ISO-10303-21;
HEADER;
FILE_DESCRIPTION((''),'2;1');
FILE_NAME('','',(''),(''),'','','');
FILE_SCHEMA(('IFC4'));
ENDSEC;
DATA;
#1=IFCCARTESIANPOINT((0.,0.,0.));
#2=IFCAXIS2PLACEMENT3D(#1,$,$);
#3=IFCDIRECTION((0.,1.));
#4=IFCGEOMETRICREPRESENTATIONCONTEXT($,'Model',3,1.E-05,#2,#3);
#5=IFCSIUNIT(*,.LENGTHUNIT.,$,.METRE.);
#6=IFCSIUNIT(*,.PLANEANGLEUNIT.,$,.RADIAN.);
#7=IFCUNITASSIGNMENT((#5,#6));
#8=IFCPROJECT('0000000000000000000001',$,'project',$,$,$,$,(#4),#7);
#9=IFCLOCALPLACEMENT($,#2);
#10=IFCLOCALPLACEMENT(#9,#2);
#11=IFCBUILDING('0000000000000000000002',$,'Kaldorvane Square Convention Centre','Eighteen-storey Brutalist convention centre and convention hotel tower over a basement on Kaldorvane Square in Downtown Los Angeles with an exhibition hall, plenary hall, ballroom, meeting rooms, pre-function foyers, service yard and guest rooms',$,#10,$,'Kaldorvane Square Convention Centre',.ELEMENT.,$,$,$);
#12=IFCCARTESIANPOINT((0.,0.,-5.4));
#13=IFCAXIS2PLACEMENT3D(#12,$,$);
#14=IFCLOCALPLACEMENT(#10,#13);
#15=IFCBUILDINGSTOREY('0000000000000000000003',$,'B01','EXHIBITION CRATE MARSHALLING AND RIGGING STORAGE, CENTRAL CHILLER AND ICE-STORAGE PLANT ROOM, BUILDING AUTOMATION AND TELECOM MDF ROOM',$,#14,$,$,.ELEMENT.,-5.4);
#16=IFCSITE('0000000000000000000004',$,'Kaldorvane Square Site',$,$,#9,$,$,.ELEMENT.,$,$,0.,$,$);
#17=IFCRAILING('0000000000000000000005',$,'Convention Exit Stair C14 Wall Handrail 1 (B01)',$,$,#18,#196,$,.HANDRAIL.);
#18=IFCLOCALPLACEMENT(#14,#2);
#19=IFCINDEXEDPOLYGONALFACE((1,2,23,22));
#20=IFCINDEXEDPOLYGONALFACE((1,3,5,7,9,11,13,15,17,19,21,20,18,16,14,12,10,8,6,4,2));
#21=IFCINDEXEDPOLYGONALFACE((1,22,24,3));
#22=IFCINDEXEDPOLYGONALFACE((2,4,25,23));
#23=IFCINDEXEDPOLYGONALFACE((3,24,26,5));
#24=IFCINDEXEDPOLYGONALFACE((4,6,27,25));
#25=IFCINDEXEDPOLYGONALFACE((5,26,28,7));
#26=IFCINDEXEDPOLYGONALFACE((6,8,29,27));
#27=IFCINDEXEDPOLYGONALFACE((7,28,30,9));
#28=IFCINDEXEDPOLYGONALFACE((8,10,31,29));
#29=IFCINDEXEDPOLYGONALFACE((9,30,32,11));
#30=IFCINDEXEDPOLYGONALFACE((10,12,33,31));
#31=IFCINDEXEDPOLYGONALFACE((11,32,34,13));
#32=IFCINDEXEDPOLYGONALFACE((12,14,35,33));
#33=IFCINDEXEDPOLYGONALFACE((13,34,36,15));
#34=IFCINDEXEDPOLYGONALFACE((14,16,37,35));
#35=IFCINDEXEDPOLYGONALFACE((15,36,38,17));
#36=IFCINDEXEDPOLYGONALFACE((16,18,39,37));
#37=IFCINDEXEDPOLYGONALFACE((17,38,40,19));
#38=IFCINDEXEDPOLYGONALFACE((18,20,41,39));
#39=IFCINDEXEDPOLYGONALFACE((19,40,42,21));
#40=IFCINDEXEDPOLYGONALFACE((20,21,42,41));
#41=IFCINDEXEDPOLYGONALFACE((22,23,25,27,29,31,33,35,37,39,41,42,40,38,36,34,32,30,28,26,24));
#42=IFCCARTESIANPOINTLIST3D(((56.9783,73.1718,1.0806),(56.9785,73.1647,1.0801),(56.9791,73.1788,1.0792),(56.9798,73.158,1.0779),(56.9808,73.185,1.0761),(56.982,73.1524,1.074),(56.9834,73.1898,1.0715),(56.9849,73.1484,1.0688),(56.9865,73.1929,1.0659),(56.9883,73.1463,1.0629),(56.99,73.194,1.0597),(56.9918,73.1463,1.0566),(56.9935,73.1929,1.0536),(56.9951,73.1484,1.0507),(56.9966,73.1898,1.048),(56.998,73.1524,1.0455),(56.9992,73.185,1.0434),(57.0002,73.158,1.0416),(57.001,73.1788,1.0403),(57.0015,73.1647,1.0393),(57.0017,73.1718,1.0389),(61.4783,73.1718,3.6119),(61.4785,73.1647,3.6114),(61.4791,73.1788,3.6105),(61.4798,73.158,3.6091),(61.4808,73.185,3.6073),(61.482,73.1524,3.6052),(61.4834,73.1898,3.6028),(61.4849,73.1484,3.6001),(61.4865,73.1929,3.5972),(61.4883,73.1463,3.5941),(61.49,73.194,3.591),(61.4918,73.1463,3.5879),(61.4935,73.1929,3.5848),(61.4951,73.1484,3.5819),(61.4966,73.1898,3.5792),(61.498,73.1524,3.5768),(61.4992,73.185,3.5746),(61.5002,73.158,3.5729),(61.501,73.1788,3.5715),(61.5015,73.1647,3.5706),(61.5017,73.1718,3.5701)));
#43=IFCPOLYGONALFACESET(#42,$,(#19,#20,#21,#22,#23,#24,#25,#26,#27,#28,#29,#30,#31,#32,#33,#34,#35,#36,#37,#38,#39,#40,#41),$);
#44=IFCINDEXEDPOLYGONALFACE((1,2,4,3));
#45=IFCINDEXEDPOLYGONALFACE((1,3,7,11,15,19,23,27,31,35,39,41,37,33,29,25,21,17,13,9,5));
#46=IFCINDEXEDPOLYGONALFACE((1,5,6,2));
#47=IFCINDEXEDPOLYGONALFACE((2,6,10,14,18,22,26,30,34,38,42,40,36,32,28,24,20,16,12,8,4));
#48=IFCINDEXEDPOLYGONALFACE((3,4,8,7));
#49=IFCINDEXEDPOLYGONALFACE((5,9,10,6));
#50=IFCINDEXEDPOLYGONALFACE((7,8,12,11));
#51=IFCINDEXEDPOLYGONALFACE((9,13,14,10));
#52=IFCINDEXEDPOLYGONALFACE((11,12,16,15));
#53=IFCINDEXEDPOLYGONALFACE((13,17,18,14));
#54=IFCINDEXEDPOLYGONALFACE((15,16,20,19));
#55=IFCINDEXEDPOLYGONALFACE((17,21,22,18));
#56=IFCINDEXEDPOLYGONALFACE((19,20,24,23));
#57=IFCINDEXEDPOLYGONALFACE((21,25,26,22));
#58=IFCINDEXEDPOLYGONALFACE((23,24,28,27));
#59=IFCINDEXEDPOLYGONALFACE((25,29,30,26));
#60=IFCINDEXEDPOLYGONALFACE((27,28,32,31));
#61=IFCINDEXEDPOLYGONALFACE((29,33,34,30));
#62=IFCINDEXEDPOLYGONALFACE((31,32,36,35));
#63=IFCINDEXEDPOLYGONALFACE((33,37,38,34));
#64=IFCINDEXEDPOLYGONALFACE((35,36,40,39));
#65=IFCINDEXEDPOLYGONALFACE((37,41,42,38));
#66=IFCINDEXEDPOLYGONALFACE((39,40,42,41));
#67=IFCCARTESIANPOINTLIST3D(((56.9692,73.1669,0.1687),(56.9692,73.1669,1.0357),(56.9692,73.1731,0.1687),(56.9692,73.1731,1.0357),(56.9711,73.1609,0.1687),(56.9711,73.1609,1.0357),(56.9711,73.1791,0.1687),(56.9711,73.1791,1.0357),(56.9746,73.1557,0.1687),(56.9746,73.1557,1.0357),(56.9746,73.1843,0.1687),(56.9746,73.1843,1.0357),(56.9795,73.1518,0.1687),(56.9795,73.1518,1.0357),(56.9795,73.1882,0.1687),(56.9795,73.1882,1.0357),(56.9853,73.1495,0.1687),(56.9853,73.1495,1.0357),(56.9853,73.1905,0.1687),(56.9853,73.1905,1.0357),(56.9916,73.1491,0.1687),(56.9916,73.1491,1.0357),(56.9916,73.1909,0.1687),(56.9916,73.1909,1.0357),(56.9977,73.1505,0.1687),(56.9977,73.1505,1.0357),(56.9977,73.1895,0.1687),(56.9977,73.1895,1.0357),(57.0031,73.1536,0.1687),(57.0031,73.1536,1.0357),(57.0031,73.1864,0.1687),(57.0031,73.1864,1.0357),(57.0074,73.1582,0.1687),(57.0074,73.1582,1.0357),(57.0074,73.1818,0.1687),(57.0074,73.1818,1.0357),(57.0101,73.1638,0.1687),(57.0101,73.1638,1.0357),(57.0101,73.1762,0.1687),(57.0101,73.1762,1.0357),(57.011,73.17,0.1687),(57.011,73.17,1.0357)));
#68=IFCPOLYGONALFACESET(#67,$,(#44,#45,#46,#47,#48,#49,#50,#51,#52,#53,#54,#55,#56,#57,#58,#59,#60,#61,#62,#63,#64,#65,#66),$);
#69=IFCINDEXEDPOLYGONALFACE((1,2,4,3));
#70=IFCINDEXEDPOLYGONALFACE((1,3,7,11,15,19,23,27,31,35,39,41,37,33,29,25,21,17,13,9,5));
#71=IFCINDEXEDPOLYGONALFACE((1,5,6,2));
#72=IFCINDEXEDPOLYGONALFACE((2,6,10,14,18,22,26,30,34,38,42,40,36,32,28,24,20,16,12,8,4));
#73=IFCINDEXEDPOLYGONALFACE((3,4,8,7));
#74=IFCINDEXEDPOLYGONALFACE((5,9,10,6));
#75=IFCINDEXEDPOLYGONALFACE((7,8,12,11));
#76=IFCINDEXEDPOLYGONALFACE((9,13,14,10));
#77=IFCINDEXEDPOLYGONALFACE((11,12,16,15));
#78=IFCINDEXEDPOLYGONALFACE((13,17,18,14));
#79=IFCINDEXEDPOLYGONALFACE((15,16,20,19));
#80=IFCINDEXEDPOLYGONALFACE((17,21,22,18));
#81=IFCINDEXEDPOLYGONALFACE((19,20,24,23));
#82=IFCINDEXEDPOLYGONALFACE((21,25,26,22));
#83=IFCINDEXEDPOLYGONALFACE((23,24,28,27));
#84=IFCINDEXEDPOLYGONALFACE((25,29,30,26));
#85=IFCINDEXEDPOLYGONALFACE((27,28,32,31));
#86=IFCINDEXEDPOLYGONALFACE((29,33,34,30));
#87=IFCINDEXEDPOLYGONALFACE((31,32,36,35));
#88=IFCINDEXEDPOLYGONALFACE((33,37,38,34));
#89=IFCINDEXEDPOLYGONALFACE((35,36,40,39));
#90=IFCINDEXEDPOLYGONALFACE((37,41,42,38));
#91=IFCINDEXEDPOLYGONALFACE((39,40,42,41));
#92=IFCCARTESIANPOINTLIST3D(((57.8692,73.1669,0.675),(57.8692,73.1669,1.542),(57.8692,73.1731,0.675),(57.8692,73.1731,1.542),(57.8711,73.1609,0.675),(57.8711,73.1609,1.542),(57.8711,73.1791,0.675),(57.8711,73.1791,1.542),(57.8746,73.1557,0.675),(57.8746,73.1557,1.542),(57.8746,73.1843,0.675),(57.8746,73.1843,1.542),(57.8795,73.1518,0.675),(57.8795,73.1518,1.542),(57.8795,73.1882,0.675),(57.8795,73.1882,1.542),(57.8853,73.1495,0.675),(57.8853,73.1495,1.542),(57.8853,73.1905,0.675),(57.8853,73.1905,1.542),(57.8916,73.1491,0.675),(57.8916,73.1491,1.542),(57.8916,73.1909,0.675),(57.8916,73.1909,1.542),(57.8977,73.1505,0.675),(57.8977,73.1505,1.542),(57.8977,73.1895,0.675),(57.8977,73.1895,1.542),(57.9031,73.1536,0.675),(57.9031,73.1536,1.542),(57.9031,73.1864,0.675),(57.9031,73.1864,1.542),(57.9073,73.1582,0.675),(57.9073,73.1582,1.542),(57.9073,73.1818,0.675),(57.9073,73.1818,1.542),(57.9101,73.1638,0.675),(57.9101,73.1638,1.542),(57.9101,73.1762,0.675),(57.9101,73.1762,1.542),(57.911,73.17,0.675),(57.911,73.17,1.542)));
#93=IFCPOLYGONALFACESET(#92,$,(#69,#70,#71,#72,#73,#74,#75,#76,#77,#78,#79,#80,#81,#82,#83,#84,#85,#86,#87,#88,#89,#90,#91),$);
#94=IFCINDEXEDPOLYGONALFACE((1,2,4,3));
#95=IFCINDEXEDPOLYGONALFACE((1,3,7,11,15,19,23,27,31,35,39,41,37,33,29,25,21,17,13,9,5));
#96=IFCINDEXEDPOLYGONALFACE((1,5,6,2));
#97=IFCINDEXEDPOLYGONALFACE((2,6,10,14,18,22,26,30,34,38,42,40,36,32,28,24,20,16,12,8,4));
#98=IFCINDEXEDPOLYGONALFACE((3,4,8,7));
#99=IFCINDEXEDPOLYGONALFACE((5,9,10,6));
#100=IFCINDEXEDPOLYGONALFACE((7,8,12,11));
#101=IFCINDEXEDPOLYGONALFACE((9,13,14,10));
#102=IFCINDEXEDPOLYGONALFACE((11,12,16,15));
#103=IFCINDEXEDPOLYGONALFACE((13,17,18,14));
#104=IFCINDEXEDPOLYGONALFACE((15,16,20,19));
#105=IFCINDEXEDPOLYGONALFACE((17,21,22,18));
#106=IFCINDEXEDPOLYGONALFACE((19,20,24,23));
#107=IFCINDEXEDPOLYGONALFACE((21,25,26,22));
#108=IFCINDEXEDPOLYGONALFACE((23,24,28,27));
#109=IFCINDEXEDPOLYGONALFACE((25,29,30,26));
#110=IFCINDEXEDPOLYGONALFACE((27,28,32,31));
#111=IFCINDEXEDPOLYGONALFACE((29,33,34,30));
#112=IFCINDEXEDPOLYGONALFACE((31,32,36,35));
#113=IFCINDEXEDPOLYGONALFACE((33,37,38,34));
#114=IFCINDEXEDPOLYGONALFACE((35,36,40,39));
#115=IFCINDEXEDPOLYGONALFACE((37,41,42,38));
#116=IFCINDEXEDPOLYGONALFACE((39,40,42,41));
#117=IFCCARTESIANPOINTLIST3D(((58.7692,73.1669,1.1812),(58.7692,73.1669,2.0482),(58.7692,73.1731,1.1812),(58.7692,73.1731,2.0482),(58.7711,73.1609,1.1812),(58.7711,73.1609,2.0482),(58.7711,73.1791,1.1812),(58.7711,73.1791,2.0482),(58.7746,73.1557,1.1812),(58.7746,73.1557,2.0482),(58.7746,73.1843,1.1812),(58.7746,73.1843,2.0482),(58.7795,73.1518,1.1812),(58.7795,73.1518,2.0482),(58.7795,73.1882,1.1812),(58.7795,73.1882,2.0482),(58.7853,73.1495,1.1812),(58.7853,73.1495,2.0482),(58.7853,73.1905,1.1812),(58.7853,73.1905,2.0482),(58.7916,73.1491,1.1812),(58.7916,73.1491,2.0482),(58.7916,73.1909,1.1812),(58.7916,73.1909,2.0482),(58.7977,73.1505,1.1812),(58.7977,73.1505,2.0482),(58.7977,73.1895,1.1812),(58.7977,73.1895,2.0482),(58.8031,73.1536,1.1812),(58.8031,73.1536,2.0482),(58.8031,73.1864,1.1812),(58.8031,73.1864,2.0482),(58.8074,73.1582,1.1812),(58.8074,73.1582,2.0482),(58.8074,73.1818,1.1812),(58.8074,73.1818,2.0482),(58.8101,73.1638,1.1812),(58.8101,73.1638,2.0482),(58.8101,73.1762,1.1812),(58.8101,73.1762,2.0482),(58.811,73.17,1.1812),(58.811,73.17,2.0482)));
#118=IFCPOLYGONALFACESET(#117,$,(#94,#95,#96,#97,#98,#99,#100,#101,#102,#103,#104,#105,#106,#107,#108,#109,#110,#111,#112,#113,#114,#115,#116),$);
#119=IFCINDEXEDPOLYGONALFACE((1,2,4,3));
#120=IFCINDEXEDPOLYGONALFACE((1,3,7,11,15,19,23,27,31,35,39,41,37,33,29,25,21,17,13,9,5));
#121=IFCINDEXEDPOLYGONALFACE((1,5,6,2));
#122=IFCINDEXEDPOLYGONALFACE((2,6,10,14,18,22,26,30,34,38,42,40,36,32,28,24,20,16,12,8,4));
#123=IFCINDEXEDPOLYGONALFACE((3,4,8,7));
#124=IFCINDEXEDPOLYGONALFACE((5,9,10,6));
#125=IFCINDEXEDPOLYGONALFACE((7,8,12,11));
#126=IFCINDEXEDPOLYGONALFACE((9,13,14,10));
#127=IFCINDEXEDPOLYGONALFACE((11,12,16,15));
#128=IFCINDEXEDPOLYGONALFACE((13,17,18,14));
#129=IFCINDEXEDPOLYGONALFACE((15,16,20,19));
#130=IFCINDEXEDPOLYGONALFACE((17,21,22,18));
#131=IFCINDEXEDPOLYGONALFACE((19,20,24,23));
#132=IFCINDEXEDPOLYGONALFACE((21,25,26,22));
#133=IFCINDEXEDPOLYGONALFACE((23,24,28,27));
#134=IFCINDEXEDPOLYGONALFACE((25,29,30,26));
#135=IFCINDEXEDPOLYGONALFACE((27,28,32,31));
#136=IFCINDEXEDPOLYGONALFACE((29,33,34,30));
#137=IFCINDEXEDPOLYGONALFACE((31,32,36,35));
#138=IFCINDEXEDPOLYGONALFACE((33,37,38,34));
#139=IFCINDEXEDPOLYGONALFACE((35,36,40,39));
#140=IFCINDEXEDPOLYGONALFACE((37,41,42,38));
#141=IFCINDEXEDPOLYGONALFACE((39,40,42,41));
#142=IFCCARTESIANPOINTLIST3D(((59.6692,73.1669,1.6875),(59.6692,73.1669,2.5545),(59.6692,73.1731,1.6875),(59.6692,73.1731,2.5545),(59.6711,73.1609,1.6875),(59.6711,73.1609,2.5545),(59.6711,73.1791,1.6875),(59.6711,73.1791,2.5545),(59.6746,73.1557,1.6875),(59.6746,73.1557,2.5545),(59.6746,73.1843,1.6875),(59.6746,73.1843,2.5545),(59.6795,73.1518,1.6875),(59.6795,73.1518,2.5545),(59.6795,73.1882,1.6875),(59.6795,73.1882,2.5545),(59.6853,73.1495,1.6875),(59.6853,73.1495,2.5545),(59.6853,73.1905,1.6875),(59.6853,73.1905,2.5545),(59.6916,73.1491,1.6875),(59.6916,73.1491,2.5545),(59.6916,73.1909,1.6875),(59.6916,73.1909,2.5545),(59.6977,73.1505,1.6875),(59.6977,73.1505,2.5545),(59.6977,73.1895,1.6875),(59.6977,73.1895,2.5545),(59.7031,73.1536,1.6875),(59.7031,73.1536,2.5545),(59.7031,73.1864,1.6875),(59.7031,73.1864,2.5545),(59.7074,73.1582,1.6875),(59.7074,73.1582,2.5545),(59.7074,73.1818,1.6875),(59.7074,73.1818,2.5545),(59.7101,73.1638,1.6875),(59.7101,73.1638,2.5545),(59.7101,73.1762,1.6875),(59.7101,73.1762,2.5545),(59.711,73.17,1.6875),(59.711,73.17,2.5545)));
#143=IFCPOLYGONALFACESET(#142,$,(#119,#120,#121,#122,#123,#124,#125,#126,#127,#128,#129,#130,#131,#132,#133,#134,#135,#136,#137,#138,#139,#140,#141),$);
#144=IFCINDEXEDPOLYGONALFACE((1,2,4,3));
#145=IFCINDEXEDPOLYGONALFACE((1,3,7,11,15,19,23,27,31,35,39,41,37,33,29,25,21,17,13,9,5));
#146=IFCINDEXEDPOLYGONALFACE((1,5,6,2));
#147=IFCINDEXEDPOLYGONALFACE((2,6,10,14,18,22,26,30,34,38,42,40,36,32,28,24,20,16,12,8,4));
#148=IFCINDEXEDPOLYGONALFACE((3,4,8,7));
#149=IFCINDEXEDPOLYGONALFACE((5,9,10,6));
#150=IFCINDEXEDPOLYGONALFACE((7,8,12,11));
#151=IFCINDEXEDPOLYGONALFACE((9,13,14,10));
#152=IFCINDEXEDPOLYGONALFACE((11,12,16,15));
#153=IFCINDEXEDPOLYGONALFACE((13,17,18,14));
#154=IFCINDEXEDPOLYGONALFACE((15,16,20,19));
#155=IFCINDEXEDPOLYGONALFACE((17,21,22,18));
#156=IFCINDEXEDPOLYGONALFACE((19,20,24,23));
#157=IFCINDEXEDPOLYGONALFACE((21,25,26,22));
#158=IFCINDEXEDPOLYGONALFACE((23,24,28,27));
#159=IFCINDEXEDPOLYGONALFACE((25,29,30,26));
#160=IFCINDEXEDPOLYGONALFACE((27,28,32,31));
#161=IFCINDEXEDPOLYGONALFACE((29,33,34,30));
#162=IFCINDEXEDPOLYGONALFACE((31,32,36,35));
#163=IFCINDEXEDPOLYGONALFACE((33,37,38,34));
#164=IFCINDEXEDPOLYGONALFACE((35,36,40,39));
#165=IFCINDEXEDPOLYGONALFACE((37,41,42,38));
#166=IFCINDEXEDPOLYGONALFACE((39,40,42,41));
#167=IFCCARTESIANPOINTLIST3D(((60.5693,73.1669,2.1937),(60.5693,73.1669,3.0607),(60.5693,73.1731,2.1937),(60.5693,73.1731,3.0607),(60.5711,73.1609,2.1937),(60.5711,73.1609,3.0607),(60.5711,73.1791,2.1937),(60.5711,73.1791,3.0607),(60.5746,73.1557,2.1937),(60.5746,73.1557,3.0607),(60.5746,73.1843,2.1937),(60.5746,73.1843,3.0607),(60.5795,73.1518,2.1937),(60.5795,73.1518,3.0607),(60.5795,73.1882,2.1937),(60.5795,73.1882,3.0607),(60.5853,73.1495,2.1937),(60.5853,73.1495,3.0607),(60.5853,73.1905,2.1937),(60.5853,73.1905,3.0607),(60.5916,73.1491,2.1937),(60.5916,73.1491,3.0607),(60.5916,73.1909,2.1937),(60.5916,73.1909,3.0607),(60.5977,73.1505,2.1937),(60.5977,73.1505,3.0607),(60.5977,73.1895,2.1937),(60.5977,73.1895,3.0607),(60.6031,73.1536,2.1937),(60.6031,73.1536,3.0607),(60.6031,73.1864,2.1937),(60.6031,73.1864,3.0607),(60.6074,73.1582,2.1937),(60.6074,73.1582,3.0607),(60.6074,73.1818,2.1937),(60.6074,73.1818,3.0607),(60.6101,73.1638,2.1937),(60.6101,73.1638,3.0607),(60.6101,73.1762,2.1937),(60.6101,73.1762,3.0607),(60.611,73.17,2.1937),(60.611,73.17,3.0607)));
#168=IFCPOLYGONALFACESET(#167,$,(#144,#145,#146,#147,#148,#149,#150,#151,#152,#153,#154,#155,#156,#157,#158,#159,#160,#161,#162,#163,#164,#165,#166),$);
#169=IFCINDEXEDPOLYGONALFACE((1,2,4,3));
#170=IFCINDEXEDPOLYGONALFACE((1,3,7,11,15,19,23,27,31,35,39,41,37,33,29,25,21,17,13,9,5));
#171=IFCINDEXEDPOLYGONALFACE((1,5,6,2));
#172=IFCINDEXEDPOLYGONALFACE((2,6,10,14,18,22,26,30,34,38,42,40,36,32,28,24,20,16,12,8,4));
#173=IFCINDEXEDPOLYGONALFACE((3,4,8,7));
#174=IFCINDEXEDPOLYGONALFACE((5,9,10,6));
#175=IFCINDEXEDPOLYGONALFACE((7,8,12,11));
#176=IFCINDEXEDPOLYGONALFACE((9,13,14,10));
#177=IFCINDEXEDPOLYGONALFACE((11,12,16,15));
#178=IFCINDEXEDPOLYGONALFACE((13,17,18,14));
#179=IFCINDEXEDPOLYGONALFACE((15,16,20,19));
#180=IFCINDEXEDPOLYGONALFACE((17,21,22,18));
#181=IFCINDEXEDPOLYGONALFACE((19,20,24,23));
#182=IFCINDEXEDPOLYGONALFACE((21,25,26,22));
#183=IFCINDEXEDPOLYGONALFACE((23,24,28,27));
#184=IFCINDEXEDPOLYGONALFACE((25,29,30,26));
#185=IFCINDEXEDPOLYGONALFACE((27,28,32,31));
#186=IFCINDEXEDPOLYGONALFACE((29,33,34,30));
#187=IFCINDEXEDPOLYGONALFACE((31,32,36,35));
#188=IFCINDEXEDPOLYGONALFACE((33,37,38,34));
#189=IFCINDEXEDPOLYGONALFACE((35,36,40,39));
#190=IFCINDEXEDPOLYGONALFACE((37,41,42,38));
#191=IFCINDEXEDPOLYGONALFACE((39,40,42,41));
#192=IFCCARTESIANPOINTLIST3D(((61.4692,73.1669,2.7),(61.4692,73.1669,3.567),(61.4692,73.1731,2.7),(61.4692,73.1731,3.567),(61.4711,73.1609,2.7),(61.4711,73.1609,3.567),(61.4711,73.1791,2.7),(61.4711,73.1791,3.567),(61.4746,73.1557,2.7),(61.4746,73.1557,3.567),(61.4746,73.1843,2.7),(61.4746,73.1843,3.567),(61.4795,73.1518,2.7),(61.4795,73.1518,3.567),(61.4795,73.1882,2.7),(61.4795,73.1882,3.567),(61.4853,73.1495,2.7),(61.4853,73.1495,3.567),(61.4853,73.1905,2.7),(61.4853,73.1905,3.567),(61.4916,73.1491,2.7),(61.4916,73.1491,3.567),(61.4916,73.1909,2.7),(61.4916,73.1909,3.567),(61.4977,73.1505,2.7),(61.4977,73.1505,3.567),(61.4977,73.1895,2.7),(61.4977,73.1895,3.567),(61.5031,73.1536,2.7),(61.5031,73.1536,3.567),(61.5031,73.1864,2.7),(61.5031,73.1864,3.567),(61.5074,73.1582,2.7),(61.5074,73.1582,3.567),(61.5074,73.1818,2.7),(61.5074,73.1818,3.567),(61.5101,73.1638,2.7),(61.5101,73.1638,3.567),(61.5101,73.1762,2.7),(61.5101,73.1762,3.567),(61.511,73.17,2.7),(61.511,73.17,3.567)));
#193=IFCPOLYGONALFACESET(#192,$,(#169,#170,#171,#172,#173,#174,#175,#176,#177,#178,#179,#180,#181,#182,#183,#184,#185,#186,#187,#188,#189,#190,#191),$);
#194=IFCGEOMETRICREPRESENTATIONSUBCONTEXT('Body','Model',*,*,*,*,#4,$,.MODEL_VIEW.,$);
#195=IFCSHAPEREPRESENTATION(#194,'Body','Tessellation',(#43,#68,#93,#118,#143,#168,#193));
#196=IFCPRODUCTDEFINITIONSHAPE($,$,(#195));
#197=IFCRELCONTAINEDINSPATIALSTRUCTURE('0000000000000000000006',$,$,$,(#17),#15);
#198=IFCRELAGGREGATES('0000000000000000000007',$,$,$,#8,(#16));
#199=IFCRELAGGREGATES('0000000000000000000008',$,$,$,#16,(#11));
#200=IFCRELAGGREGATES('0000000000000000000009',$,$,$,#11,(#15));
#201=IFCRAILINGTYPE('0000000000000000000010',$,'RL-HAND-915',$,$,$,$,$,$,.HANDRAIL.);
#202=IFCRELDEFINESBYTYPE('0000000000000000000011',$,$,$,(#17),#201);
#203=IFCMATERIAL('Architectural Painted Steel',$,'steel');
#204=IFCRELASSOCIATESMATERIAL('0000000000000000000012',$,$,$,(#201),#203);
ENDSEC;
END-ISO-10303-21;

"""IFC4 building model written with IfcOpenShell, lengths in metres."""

from ifc_helpers import new_model, si_unit, direction, frame, origin, origin_2d, place, context, subcontext, project, spatial, circle, extrude, material, type_object, element, save


model = new_model("IFC4")

# Units and contexts
model_context = context("Model", 3, precision=1e-05, world=origin(), true_north=direction((0.0, 1.0)))
body_context = subcontext(model_context, "Body", "Model", "MODEL_VIEW")
ifc_project = project(units=[si_unit("LENGTHUNIT", "METRE"), si_unit("PLANEANGLEUNIT", "RADIAN")], contexts=[model_context])

# Site, building, storey
site_placement = place(None, origin())
site = spatial("IfcSite", under=ifc_project, at=site_placement, Name="Kaldorvane Square Site", CompositionType="ELEMENT", RefElevation=0.0)
building_placement = place(site_placement, origin())
building = spatial("IfcBuilding", under=site, at=building_placement, Name="Kaldorvane Square Convention Centre", Description="Eighteen-storey Brutalist convention centre and convention hotel tower over a basement on Kaldorvane Square in Downtown Los Angeles with an exhibition hall, plenary hall, ballroom, meeting rooms, pre-function foyers, service yard and guest rooms", LongName="Kaldorvane Square Convention Centre", CompositionType="ELEMENT")
storey_placement = place(building_placement, frame((0.0, 0.0, -5.4)))
storey = spatial("IfcBuildingStorey", under=building, at=storey_placement, Name="B01", Description="EXHIBITION CRATE MARSHALLING AND RIGGING STORAGE, CENTRAL CHILLER AND ICE-STORAGE PLANT ROOM, BUILDING AUTOMATION AND TELECOM MDF ROOM", CompositionType="ELEMENT", Elevation=-5.4)

# Railing
ifc_material_1 = material(Name="Architectural Painted Steel", Category="steel")
railing_type_1 = type_object("IfcRailingType", Name="RL-HAND-915", PredefinedType="HANDRAIL", material=ifc_material_1)
railing_1_placement = place(storey_placement, frame((56.99, 73.17, 0.1687)))
element("IfcRailing", 1, at=railing_1_placement, inside=storey, type_object=railing_type_1, Name="Convention Exit Stair C14 Wall Handrail 1 (B01)", PredefinedType="HANDRAIL", context=body_context, shape_type="SweptSolid", body=[
    extrude(circle(Radius=0.024, at=origin_2d()), frame((0.0, 0.0, 0.891), z_axis=(0.871576, 0.0, 0.490261), x_axis=(0.0, 1.0, 0.0)), (0.0, 0.0, 1.0), 5.1631),
    extrude(circle(Radius=0.021, at=origin_2d()), origin(), (0.0, 0.0, 1.0), 0.867),
    extrude(circle(Radius=0.021, at=origin_2d()), frame((0.9, 0.0, 0.5063)), (0.0, 0.0, 1.0), 0.867),
    extrude(circle(Radius=0.021, at=origin_2d()), frame((1.8, 0.0, 1.0125)), (0.0, 0.0, 1.0), 0.867),
    extrude(circle(Radius=0.021, at=origin_2d()), frame((2.7, 0.0, 1.5188)), (0.0, 0.0, 1.0), 0.867),
    extrude(circle(Radius=0.021, at=origin_2d()), frame((3.6, 0.0, 2.025)), (0.0, 0.0, 1.0), 0.867),
    extrude(circle(Radius=0.021, at=origin_2d()), frame((4.5, 0.0, 2.5312)), (0.0, 0.0, 1.0), 0.867),
])

save(model, "model.ifc")
